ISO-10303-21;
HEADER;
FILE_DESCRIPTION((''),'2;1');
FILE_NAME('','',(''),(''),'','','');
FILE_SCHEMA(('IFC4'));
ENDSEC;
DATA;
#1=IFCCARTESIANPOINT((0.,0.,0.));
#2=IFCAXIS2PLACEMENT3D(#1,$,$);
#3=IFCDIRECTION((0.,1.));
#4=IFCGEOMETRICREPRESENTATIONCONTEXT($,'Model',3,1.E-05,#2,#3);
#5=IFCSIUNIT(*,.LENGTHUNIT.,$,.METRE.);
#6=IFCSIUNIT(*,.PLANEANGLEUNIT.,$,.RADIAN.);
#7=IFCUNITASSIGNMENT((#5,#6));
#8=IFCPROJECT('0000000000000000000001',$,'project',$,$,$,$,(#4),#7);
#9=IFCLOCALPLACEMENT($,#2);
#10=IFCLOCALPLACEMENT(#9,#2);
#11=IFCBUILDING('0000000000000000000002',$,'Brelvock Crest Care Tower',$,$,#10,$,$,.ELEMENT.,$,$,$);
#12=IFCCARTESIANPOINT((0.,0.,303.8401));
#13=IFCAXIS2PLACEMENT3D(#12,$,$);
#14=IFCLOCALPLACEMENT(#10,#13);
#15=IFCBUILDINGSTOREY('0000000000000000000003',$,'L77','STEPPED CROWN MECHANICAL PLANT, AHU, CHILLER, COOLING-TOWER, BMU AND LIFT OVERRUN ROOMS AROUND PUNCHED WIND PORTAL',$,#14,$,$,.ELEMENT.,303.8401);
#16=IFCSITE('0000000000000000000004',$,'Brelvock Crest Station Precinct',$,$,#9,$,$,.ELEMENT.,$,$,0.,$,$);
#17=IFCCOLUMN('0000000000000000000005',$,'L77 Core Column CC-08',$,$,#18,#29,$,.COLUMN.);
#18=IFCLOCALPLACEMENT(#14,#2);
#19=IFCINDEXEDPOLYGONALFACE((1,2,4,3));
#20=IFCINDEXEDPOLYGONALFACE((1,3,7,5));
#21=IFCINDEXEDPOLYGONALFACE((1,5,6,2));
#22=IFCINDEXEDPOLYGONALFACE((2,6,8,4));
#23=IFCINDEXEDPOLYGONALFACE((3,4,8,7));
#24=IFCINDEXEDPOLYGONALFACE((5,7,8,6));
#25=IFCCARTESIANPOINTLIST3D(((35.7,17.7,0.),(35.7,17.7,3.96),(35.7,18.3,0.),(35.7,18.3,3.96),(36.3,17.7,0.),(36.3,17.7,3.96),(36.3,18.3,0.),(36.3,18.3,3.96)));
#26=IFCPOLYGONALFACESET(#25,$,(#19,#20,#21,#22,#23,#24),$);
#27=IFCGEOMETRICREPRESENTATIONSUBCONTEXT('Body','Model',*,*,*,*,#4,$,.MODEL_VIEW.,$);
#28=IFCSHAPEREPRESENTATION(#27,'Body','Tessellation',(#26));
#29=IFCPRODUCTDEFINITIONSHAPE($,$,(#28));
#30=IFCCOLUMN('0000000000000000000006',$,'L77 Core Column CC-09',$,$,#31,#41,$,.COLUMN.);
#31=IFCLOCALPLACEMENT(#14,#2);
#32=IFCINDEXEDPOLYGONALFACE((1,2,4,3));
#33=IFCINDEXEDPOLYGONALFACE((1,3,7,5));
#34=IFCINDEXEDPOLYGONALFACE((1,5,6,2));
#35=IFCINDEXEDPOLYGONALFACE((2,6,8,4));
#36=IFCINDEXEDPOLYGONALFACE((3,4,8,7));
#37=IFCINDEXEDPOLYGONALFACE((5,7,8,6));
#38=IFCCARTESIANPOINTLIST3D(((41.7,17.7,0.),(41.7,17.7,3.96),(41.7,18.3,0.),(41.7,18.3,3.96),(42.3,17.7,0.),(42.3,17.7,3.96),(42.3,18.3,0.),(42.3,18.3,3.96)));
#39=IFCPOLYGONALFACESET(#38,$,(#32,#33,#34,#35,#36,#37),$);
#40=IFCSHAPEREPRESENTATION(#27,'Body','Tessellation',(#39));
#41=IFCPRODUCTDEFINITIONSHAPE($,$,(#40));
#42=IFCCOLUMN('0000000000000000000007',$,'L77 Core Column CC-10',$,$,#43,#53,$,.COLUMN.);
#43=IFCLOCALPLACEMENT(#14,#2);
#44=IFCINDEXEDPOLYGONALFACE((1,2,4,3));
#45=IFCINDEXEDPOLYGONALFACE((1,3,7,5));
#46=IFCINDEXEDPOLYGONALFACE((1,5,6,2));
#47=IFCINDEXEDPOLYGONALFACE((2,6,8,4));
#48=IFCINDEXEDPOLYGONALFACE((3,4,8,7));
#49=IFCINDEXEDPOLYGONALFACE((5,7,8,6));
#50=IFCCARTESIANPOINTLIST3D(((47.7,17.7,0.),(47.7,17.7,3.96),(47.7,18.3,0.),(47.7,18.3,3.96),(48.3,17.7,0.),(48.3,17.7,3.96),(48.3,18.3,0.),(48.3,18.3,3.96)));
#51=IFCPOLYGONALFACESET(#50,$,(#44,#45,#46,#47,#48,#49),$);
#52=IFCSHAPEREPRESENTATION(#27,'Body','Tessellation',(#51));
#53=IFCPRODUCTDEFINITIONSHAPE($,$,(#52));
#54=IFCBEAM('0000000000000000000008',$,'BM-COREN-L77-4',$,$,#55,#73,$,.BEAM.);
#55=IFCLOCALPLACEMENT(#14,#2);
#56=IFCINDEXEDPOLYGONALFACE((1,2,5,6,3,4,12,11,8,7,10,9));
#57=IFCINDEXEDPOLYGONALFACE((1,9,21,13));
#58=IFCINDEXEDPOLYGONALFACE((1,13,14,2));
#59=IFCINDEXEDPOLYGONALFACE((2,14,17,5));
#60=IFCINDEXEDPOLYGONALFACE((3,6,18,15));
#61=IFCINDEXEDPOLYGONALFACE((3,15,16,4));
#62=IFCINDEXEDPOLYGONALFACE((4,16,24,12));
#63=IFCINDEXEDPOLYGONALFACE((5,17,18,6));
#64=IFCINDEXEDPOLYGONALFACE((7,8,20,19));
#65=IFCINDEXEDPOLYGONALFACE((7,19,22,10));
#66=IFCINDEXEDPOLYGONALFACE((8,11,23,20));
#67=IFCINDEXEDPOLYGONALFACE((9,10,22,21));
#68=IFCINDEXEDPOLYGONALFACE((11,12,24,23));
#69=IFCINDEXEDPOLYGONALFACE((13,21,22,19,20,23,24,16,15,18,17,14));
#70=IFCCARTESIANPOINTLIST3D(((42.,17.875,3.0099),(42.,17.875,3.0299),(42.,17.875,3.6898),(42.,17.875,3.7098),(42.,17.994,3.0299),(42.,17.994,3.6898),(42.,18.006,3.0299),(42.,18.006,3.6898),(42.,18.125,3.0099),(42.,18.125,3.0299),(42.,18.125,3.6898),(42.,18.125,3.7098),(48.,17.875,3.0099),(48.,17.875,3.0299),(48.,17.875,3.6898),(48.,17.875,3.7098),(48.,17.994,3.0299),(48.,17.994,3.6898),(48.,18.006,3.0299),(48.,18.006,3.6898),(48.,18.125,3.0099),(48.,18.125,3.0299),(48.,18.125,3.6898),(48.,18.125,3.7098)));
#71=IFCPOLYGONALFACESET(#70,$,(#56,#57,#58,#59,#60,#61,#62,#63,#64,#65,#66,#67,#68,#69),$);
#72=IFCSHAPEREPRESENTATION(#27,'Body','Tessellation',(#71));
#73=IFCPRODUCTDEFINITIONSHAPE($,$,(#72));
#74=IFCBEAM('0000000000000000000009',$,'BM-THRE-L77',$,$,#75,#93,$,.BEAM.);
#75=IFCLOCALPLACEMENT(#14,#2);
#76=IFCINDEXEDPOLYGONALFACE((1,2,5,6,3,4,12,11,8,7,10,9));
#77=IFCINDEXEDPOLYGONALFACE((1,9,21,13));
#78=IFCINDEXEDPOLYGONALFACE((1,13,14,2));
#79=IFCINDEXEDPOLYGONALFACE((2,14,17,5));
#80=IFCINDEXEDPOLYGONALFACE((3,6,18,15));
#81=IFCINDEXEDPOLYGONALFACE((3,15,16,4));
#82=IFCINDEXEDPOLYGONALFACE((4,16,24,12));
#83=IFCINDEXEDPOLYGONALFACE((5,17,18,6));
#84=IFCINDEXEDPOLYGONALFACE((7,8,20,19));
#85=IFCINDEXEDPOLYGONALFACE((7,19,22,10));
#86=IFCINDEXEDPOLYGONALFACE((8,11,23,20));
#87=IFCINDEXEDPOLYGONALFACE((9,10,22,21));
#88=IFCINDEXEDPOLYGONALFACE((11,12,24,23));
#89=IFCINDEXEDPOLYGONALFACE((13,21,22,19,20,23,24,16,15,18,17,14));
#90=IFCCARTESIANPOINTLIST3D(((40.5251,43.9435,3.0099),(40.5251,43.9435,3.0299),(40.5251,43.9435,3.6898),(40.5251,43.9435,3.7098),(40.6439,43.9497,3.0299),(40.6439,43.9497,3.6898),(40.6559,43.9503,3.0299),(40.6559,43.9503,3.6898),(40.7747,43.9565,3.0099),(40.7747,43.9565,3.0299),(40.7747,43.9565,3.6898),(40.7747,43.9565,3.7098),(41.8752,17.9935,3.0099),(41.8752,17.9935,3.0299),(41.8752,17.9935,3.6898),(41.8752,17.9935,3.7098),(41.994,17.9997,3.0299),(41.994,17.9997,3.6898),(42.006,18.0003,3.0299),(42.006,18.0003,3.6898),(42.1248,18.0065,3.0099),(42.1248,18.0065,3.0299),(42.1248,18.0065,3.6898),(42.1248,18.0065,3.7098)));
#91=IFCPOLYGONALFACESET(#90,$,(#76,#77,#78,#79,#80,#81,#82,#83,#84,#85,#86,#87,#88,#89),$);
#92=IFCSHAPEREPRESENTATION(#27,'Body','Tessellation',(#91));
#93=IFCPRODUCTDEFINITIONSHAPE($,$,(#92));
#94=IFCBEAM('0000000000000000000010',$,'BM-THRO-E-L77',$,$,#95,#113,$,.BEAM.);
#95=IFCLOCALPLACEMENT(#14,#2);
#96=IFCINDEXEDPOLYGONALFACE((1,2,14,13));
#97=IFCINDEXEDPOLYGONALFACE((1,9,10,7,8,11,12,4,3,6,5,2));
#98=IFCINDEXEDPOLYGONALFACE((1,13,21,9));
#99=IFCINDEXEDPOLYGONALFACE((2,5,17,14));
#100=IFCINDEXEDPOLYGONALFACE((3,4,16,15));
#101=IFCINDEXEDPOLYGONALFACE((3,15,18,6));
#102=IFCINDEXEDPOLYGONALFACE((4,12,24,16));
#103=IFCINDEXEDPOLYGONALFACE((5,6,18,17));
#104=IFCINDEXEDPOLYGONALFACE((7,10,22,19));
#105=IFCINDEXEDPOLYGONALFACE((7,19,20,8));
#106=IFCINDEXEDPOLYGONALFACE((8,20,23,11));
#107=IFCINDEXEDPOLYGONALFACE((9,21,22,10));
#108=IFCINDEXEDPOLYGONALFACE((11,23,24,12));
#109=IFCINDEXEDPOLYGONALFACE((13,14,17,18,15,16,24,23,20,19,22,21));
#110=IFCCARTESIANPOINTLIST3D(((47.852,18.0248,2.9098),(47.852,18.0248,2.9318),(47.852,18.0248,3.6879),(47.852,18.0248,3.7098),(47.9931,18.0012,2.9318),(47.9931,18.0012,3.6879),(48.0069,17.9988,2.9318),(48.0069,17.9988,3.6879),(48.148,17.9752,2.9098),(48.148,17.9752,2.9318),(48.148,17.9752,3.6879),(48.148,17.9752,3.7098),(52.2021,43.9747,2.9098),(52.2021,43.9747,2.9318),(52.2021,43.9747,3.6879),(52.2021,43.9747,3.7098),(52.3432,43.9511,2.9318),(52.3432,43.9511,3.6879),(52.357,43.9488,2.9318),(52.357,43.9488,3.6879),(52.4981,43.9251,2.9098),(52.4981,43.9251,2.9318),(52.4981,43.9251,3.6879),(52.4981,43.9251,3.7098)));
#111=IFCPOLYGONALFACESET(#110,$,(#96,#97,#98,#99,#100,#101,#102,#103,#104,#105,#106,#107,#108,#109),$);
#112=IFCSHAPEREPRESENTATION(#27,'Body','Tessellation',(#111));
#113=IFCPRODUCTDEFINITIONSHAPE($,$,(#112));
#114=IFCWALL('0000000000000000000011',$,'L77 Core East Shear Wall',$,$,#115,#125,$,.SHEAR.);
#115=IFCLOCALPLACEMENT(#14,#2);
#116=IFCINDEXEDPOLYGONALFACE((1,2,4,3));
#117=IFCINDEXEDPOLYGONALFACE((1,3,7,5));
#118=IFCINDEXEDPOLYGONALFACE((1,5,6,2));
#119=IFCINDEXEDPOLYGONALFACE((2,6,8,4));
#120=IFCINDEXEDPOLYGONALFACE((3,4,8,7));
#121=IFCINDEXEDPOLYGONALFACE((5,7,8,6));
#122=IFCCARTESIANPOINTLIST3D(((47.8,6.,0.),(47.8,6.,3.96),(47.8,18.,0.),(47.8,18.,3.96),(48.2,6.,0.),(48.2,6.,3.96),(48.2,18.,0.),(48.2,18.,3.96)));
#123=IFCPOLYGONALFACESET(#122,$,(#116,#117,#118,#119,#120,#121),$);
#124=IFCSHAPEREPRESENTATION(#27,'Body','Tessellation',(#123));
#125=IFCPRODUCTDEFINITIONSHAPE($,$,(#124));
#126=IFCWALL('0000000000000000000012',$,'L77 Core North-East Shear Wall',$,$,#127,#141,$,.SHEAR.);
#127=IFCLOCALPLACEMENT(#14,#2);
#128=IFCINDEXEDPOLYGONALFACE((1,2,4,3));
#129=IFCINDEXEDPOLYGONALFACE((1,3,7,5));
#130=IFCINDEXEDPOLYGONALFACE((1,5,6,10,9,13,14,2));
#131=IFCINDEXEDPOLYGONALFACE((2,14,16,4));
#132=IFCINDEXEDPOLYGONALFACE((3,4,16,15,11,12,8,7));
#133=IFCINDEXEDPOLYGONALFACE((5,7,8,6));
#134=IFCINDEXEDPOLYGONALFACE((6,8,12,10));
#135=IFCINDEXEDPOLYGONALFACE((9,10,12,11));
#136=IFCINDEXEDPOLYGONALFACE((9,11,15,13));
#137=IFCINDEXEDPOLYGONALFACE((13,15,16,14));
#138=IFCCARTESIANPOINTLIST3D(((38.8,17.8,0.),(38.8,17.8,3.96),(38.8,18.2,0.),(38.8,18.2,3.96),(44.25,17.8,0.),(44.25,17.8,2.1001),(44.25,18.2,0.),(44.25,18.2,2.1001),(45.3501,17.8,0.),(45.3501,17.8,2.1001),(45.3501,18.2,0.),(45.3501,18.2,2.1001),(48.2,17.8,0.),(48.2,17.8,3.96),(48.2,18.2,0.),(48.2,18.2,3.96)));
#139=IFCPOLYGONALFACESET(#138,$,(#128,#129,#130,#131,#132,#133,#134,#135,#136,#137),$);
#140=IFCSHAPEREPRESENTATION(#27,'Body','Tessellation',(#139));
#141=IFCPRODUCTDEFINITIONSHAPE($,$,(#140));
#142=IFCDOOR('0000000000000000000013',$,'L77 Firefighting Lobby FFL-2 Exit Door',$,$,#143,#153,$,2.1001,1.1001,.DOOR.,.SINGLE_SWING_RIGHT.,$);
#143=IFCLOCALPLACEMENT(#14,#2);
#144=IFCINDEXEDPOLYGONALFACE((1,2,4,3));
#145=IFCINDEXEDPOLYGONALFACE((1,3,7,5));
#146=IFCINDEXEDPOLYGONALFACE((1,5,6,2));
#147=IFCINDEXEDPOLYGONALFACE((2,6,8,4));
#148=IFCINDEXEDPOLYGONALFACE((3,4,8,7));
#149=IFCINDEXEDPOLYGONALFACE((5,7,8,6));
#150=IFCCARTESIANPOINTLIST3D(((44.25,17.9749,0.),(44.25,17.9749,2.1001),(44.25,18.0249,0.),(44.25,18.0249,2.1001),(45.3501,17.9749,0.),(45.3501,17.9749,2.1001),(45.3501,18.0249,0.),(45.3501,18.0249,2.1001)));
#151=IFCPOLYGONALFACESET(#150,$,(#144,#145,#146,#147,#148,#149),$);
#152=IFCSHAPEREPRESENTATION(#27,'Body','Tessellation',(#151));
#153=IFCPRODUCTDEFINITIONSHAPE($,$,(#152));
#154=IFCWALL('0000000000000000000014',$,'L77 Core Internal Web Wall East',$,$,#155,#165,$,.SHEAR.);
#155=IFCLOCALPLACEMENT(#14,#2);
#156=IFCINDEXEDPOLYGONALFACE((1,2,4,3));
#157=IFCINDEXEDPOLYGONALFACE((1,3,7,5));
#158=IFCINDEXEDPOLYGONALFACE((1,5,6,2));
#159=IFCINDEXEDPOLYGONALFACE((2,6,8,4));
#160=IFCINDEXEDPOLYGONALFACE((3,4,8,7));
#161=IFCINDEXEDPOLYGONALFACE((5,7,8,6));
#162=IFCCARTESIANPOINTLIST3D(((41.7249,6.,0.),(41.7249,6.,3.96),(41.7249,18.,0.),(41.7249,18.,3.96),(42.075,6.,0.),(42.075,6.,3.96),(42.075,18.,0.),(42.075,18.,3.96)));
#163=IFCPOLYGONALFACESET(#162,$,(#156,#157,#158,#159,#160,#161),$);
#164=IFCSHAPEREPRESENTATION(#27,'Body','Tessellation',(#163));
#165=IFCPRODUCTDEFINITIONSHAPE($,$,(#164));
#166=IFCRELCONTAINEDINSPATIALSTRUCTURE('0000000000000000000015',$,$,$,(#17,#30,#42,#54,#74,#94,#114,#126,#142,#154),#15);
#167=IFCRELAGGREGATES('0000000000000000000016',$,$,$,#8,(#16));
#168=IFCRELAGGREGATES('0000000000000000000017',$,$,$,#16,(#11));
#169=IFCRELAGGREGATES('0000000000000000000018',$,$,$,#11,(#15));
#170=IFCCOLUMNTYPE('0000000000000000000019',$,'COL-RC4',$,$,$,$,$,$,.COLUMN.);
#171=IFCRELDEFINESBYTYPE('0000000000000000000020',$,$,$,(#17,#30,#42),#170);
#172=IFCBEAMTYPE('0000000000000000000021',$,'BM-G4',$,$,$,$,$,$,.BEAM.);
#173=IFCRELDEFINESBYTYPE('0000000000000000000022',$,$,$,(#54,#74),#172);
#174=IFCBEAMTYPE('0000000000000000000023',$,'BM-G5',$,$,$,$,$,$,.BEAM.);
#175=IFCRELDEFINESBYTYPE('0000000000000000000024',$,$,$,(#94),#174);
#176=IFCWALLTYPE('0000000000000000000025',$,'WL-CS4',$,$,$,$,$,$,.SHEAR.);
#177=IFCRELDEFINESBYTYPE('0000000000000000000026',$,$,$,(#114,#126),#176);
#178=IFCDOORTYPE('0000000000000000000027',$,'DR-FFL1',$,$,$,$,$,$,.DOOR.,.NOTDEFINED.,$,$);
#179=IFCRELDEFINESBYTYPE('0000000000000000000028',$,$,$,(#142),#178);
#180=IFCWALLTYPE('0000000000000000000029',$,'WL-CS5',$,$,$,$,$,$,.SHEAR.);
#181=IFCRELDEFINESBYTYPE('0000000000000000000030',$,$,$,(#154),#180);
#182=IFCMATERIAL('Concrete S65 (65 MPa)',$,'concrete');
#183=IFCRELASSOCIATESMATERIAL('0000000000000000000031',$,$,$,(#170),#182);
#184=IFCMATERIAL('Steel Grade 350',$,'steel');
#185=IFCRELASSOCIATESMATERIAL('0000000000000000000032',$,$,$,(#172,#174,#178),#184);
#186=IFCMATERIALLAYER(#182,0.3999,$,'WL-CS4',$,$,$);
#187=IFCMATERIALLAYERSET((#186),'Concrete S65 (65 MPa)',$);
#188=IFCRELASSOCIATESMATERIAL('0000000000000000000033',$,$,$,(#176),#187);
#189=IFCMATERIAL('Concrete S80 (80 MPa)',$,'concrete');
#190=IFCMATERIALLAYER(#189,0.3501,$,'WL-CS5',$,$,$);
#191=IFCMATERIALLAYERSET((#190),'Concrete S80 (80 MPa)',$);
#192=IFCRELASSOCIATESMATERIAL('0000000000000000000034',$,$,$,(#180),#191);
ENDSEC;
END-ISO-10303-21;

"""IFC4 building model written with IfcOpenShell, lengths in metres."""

from ifc_helpers import new_model, si_unit, direction, frame, frame_2d, origin, origin_2d, place, context, subcontext, project, spatial, rectangle, i_section, extrude, source, transform, mapped, material, layer, layer_set, material_profile, profile_set, type_object, element, fill, save


model = new_model("IFC4")

# Units and contexts
model_context = context("Model", 3, precision=1e-05, world=origin(), true_north=direction((0.0, 1.0)))
body_context = subcontext(model_context, "Body", "Model", "MODEL_VIEW")
ifc_project = project(units=[si_unit("LENGTHUNIT", "METRE"), si_unit("PLANEANGLEUNIT", "RADIAN")], contexts=[model_context])

# Site, building, storey
site_placement = place(None, origin())
site = spatial("IfcSite", under=ifc_project, at=site_placement, Name="Brelvock Crest Station Precinct", CompositionType="ELEMENT", RefElevation=0.0)
building_placement = place(site_placement, origin())
building = spatial("IfcBuilding", under=site, at=building_placement, Name="Brelvock Crest Care Tower", CompositionType="ELEMENT")
storey_placement = place(building_placement, frame((0.0, 0.0, 303.8401)))
storey = spatial("IfcBuildingStorey", under=building, at=storey_placement, Name="L77", Description="STEPPED CROWN MECHANICAL PLANT, AHU, CHILLER, COOLING-TOWER, BMU AND LIFT OVERRUN ROOMS AROUND PUNCHED WIND PORTAL", CompositionType="ELEMENT", Elevation=303.8401)

# Columns
ifc_material_1 = material(Name="Concrete S65 (65 MPa)", Category="concrete")
ifc_material_profile_1 = material_profile(ifc_material_1, rectangle(XDim=0.6001, YDim=0.6001, at=origin_2d()), Name="RC600x600")
ifc_profile_set_1 = profile_set([ifc_material_profile_1], Name="Concrete S65 (65 MPa)")
column_type = type_object("IfcColumnType", Name="COL-RC4", PredefinedType="COLUMN", material=ifc_profile_set_1)
shared_shape_1 = source(origin(), body_context, "Body", "SweptSolid", [
    extrude(rectangle(XDim=0.6001, YDim=0.6001, at=origin_2d()), origin(), (0.0, 0.0, 1.0), 3.96),
])
for number, where, z_axis, x_axis, name in (
    (1, (36.0, 18.0, 0.0), (0.0, 0.0, 1.0), (1.0, 0.0, 0.0), "L77 Core Column CC-08"),
    (2, (42.0, 18.0, 0.0), (0.0, 0.0, 1.0), (1.0, 0.0, 0.0), "L77 Core Column CC-09"),
    (3, (48.0, 18.0, 0.0), (0.0, 0.0, 1.0), (1.0, 0.0, 0.0), "L77 Core Column CC-10"),
):
    element("IfcColumn", number, at=place(storey_placement, frame(where, z_axis=z_axis, x_axis=x_axis)), inside=storey, type_object=column_type, Name=name, PredefinedType="COLUMN", context=body_context, shape_type="MappedRepresentation", body=[
        mapped(shared_shape_1, transform((0.0, 0.0, 0.0), x_axis=(1.0, 0.0, 0.0), y_axis=(0.0, 1.0, 0.0), z_axis=(0.0, 0.0, 1.0), scale=1.0)),
    ])

# Beams
ifc_material_2 = material(Name="Steel Grade 350", Category="steel")
ifc_material_profile_2 = material_profile(ifc_material_2, i_section(OverallWidth=0.25, OverallDepth=0.7, WebThickness=0.012, FlangeThickness=0.02, at=origin_2d()), Name="700WB150")
ifc_profile_set_2 = profile_set([ifc_material_profile_2], Name="Steel Grade 350")
beam_type_1 = type_object("IfcBeamType", Name="BM-G4", PredefinedType="BEAM", material=ifc_profile_set_2)
shared_shape_2 = source(origin(), body_context, "Body", "SweptSolid", [
    extrude(i_section(OverallWidth=0.25, OverallDepth=0.7, WebThickness=0.012, FlangeThickness=0.02, at=origin_2d()), origin(), (0.0, 0.0, 1.0), 6.0),
])
beam_1_placement = place(storey_placement, frame((42.0, 18.0, 3.3599), z_axis=(1.0, 0.0, 0.0), x_axis=(0.0, 1.0, 0.0)))
element("IfcBeam", 4, at=beam_1_placement, inside=storey, type_object=beam_type_1, Name="BM-COREN-L77-4", PredefinedType="BEAM", context=body_context, shape_type="MappedRepresentation", body=[
    mapped(shared_shape_2, transform((0.0, 0.0, 0.0), x_axis=(1.0, 0.0, 0.0), y_axis=(0.0, 1.0, 0.0), z_axis=(0.0, 0.0, 1.0), scale=1.0)),
])
shared_shape_3 = source(origin(), body_context, "Body", "SweptSolid", [
    extrude(i_section(OverallWidth=0.25, OverallDepth=0.7, WebThickness=0.012, FlangeThickness=0.02, at=origin_2d()), origin(), (0.0, 0.0, 1.0), 25.9851),
])
beam_2_placement = place(storey_placement, frame((42.0, 18.0, 3.3599), z_axis=(-0.051957, 0.998649, 0.0), x_axis=(-0.998649, -0.051957, 0.0)))
element("IfcBeam", 5, at=beam_2_placement, inside=storey, type_object=beam_type_1, Name="BM-THRE-L77", PredefinedType="BEAM", context=body_context, shape_type="MappedRepresentation", body=[
    mapped(shared_shape_3, transform((0.0, 0.0, 0.0), x_axis=(1.0, 0.0, 0.0), y_axis=(0.0, 1.0, 0.0), z_axis=(0.0, 0.0, 1.0), scale=1.0)),
])
ifc_material_profile_3 = material_profile(ifc_material_2, i_section(OverallWidth=0.3, OverallDepth=0.8, WebThickness=0.0139, FlangeThickness=0.022, at=origin_2d()), Name="800WB192")
ifc_profile_set_3 = profile_set([ifc_material_profile_3], Name="Steel Grade 350")
beam_type_2 = type_object("IfcBeamType", Name="BM-G5", PredefinedType="BEAM", material=ifc_profile_set_3)
shared_shape_4 = source(origin(), body_context, "Body", "SweptSolid", [
    extrude(i_section(OverallWidth=0.3, OverallDepth=0.8, WebThickness=0.0139, FlangeThickness=0.022, at=origin_2d()), origin(), (0.0, 0.0, 1.0), 26.312),
])
beam_3_placement = place(storey_placement, frame((48.0, 18.0, 3.3098), z_axis=(0.165327, 0.986239, 0.0), x_axis=(-0.986239, 0.165327, 0.0)))
element("IfcBeam", 6, at=beam_3_placement, inside=storey, type_object=beam_type_2, Name="BM-THRO-E-L77", PredefinedType="BEAM", context=body_context, shape_type="MappedRepresentation", body=[
    mapped(shared_shape_4, transform((0.0, 0.0, 0.0), x_axis=(1.0, 0.0, 0.0), y_axis=(0.0, 1.0, 0.0), z_axis=(0.0, 0.0, 1.0), scale=1.0)),
])

# Wall
ifc_layer_1 = layer(ifc_material_1, 0.3999, Name="WL-CS4")
ifc_layer_set_1 = layer_set([ifc_layer_1], Name="Concrete S65 (65 MPa)")
wall_type_1 = type_object("IfcWallType", Name="WL-CS4", PredefinedType="SHEAR", material=ifc_layer_set_1)
wall_1_placement = place(storey_placement, frame((48.0, 18.0, 0.0), z_axis=(0.0, 0.0, 1.0), x_axis=(0.0, -1.0, 0.0)))
element("IfcWall", 7, at=wall_1_placement, inside=storey, type_object=wall_type_1, Name="L77 Core East Shear Wall", PredefinedType="SHEAR", context=body_context, shape_type="SweptSolid", body=[
    extrude(rectangle(XDim=12.0, YDim=0.3999, at=frame_2d((6.0, 0.0))), origin(), (0.0, 0.0, 1.0), 3.96),
])

# Wall, opening, door
wall_2_placement = place(storey_placement, frame((38.8, 18.0, 0.0), z_axis=(0.0, 0.0, 1.0), x_axis=(1.0, 0.0, 0.0)))
wall_2 = element("IfcWall", 8, at=wall_2_placement, inside=storey, type_object=wall_type_1, Name="L77 Core North-East Shear Wall", PredefinedType="SHEAR", context=body_context, shape_type="SweptSolid", body=[
    extrude(rectangle(XDim=9.3999, YDim=0.3999, at=frame_2d((4.7, 0.0))), origin(), (0.0, 0.0, 1.0), 3.96),
])
opening_1_placement = place(wall_2_placement, frame((5.45, 0.0, 0.0)))
opening_1 = element("IfcOpeningElement", 9, at=opening_1_placement, cuts=wall_2, PredefinedType="OPENING", context=body_context, shape_type="SweptSolid", body=[
    extrude(rectangle(XDim=1.1001, YDim=2.1001, at=origin_2d()), frame((0.55, 0.21, 1.05), z_axis=(0.0, -1.0, 0.0), x_axis=(1.0, 0.0, 0.0)), (0.0, 0.0, 1.0), 0.4199),
])
door_type_1 = type_object("IfcDoorType", Name="DR-FFL1", OperationType="NOTDEFINED", PredefinedType="DOOR", material=ifc_material_2)
shared_shape_5 = source(origin(), body_context, "Body", "SweptSolid", [
    extrude(rectangle(XDim=1.1001, YDim=2.1001, at=origin_2d()), frame((0.55, 0.0249, 1.05), z_axis=(0.0, -1.0, 0.0), x_axis=(1.0, 0.0, 0.0)), (0.0, 0.0, 1.0), 0.05),
])
door_1_placement = place(opening_1_placement, origin())
door_1 = element("IfcDoor", 10, at=door_1_placement, inside=storey, type_object=door_type_1, Name="L77 Firefighting Lobby FFL-2 Exit Door", OperationType="SINGLE_SWING_RIGHT", OverallHeight=2.1001, OverallWidth=1.1001, PredefinedType="DOOR", context=body_context, shape_type="MappedRepresentation", body=[
    mapped(shared_shape_5, transform((0.0, 0.0, 0.0), x_axis=(1.0, 0.0, 0.0), y_axis=(0.0, 1.0, 0.0), z_axis=(0.0, 0.0, 1.0), scale=1.0)),
])
fill(opening_1, door_1)

# Wall
ifc_material_3 = material(Name="Concrete S80 (80 MPa)", Category="concrete")
ifc_layer_2 = layer(ifc_material_3, 0.3501, Name="WL-CS5")
ifc_layer_set_2 = layer_set([ifc_layer_2], Name="Concrete S80 (80 MPa)")
wall_type_2 = type_object("IfcWallType", Name="WL-CS5", PredefinedType="SHEAR", material=ifc_layer_set_2)
wall_3_placement = place(storey_placement, frame((41.8999, 18.0, 0.0), z_axis=(0.0, 0.0, 1.0), x_axis=(0.0, -1.0, 0.0)))
element("IfcWall", 11, at=wall_3_placement, inside=storey, type_object=wall_type_2, Name="L77 Core Internal Web Wall East", PredefinedType="SHEAR", context=body_context, shape_type="SweptSolid", body=[
    extrude(rectangle(XDim=12.0, YDim=0.3501, at=frame_2d((6.0, 0.0))), origin(), (0.0, 0.0, 1.0), 3.96),
])

save(model, "model.ifc")
